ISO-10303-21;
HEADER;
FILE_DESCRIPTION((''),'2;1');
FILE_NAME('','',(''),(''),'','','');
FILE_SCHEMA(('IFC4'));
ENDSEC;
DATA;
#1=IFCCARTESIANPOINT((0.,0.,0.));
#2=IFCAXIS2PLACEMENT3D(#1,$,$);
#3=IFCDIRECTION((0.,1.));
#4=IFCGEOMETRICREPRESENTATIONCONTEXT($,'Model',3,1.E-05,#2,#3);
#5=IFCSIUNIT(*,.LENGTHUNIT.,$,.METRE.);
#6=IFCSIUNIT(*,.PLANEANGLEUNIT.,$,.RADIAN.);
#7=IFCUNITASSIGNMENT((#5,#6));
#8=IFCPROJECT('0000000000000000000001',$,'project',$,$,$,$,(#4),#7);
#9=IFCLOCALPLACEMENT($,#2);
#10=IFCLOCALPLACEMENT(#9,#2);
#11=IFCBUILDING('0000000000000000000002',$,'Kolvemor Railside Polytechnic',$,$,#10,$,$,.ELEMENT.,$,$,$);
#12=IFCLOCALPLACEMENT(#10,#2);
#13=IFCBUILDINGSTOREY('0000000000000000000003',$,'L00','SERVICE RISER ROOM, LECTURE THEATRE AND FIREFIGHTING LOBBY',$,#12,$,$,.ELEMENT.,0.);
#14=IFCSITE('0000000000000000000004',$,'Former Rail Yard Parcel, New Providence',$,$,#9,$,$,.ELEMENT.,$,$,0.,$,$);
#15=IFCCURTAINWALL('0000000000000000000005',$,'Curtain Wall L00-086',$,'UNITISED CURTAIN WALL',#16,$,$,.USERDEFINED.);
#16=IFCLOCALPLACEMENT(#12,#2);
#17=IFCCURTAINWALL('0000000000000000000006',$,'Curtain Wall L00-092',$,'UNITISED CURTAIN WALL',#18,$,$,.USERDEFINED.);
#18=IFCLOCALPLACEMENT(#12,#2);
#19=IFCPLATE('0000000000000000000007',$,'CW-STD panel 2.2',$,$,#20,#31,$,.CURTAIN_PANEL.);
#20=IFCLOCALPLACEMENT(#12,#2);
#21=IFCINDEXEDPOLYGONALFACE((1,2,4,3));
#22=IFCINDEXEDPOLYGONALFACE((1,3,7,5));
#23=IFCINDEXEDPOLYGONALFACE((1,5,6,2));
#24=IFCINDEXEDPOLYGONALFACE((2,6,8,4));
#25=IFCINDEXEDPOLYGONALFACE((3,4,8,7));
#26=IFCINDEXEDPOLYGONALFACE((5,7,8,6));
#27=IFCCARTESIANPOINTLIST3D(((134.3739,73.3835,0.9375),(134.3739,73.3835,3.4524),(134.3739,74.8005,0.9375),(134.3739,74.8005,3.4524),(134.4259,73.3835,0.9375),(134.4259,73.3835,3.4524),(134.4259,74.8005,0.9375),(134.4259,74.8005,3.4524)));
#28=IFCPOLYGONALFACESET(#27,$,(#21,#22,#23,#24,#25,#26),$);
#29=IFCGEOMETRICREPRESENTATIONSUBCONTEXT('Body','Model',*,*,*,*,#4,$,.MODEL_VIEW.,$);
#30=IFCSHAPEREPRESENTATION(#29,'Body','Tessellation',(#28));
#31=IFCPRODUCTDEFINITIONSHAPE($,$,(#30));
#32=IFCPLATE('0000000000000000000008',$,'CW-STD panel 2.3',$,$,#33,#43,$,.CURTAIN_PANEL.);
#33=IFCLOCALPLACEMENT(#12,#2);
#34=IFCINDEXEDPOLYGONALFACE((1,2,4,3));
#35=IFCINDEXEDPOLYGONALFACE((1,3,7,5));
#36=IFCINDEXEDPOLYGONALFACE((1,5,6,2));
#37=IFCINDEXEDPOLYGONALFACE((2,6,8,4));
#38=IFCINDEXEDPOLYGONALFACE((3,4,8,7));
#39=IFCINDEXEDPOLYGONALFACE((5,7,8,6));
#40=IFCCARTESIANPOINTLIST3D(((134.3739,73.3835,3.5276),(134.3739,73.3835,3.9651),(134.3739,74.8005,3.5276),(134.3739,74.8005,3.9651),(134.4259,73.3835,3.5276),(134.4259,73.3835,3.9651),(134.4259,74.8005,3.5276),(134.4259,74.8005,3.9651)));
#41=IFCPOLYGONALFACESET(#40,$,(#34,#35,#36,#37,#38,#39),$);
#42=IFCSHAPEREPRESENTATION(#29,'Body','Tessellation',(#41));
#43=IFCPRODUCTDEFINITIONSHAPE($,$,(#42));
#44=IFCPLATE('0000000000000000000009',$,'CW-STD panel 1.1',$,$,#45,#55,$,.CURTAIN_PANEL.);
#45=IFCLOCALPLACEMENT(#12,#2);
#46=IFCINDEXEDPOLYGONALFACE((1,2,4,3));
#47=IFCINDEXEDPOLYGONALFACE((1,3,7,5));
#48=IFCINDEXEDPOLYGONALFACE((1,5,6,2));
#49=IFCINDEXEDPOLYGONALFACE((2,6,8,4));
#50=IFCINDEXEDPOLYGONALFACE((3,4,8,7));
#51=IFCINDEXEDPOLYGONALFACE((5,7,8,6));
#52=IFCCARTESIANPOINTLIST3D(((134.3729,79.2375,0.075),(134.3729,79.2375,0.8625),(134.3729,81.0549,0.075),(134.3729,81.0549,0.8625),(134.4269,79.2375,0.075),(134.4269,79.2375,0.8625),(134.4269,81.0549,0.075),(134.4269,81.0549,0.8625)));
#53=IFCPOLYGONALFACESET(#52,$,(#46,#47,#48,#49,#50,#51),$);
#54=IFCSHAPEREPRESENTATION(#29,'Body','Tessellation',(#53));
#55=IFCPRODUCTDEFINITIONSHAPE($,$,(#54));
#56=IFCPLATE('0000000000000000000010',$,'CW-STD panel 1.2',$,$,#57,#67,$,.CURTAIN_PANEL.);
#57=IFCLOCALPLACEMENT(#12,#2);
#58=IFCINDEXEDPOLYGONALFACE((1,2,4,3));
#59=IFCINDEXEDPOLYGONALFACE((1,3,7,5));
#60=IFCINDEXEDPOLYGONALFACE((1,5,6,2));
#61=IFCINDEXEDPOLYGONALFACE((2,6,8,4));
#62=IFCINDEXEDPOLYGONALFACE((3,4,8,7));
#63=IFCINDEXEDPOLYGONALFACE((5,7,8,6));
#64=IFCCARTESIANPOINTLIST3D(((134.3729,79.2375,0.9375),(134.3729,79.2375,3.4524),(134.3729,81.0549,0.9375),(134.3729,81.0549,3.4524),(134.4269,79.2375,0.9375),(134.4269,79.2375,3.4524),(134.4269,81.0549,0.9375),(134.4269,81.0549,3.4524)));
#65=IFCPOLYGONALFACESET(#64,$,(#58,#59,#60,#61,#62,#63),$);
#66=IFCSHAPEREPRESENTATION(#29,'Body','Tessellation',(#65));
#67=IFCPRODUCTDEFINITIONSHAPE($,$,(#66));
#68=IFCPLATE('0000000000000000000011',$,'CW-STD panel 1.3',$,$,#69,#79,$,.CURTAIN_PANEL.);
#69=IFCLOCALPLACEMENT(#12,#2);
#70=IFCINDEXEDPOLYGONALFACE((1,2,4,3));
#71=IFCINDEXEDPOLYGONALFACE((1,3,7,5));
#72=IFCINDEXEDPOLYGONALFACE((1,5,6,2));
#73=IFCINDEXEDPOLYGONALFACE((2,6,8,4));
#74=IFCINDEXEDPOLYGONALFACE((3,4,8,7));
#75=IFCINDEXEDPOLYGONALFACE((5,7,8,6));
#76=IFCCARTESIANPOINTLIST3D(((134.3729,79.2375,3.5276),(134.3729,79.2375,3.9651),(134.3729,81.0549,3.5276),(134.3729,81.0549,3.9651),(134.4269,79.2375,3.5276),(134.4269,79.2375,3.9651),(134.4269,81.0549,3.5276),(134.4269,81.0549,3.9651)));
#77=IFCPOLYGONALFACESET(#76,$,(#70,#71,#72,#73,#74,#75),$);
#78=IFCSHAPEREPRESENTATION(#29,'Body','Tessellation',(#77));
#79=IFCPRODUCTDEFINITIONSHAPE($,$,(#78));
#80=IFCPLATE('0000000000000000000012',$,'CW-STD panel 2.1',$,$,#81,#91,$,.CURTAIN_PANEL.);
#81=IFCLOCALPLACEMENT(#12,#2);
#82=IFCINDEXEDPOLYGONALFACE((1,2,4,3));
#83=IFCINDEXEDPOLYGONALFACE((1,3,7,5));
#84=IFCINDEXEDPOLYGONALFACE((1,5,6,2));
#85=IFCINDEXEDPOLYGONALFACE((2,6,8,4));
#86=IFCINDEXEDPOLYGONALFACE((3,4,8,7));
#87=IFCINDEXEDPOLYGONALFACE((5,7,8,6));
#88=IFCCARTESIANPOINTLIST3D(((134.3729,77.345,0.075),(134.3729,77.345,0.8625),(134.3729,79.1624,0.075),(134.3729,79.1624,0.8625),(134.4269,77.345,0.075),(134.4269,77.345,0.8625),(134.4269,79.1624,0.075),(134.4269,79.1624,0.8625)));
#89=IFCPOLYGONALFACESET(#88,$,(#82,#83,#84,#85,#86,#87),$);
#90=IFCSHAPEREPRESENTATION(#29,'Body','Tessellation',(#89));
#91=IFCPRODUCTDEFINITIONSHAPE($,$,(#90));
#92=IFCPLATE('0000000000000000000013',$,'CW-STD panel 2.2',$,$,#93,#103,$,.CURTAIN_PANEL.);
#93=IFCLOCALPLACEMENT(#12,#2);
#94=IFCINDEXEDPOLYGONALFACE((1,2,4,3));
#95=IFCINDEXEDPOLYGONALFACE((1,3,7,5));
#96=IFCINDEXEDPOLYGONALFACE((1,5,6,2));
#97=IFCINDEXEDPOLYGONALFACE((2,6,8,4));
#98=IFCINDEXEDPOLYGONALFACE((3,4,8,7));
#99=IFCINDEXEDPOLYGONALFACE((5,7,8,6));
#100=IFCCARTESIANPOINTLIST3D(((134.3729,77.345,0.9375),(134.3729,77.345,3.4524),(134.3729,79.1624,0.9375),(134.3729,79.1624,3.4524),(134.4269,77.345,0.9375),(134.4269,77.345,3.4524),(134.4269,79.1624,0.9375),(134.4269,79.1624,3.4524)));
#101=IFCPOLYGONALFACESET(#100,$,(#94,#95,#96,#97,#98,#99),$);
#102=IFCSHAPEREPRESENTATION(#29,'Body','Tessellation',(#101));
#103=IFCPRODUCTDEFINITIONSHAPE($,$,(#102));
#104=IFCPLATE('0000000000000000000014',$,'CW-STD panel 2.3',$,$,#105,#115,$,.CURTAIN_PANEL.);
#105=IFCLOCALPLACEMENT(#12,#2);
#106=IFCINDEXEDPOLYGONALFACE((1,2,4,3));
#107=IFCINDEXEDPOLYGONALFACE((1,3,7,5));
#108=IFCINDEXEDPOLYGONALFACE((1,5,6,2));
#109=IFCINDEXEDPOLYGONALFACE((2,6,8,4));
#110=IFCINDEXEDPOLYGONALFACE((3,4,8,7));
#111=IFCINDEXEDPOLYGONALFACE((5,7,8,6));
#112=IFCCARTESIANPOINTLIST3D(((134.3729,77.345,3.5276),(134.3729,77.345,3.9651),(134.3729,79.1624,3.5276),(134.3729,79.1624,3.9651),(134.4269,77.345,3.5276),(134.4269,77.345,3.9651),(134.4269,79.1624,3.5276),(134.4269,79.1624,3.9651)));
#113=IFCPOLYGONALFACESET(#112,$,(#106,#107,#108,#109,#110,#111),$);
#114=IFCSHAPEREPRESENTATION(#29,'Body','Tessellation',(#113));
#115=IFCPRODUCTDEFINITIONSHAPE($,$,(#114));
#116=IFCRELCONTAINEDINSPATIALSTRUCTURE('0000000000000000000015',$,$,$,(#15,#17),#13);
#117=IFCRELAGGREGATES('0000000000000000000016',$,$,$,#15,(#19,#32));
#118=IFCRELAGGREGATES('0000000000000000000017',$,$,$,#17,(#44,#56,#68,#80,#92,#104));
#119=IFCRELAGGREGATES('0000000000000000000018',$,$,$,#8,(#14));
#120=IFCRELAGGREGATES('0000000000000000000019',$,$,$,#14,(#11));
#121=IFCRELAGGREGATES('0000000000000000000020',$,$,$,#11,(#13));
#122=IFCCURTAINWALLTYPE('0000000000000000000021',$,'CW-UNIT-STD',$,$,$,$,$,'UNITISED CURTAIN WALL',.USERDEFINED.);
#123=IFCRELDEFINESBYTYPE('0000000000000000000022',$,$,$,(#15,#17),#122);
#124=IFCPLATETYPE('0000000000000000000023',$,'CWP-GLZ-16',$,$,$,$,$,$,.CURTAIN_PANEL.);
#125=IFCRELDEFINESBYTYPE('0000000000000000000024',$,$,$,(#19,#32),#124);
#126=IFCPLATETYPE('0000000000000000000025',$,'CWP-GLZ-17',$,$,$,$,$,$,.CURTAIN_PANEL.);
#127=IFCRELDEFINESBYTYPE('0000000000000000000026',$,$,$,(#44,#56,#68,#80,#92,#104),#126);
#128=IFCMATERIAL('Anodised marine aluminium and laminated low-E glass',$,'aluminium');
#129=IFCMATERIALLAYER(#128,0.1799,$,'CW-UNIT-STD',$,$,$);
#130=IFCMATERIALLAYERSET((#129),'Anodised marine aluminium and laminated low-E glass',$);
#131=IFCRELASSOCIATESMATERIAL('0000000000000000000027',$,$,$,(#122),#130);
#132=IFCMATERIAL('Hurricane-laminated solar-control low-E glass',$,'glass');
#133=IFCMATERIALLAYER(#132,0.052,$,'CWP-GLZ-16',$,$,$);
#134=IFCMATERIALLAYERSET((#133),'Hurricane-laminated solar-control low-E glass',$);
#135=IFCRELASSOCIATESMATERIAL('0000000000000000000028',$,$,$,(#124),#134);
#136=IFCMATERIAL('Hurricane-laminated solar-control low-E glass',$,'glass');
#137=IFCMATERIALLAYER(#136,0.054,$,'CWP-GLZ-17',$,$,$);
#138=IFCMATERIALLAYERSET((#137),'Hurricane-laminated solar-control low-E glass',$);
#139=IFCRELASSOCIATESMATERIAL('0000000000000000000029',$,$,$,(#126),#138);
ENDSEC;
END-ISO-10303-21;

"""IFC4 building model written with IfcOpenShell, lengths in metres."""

from ifc_helpers import new_model, si_unit, direction, frame, origin, origin_2d, place, context, subcontext, project, spatial, rectangle, extrude, material, layer, layer_set, type_object, element, aggregate, save


model = new_model("IFC4")

# Units and contexts
model_context = context("Model", 3, precision=1e-05, world=origin(), true_north=direction((0.0, 1.0)))
body_context = subcontext(model_context, "Body", "Model", "MODEL_VIEW")
ifc_project = project(units=[si_unit("LENGTHUNIT", "METRE"), si_unit("PLANEANGLEUNIT", "RADIAN")], contexts=[model_context])

# Site, building, storey
site_placement = place(None, origin())
site = spatial("IfcSite", under=ifc_project, at=site_placement, Name="Former Rail Yard Parcel, New Providence", CompositionType="ELEMENT", RefElevation=0.0)
building_placement = place(site_placement, origin())
building = spatial("IfcBuilding", under=site, at=building_placement, Name="Kolvemor Railside Polytechnic", CompositionType="ELEMENT")
storey_placement = place(building_placement, origin())
storey = spatial("IfcBuildingStorey", under=building, at=storey_placement, Name="L00", Description="SERVICE RISER ROOM, LECTURE THEATRE AND FIREFIGHTING LOBBY", CompositionType="ELEMENT", Elevation=0.0)

# Curtain walls
ifc_material_1 = material(Name="Anodised marine aluminium and laminated low-E glass", Category="aluminium")
ifc_layer_1 = layer(ifc_material_1, 0.1799, Name="CW-UNIT-STD")
ifc_layer_set_1 = layer_set([ifc_layer_1], Name="Anodised marine aluminium and laminated low-E glass")
curtain_wall_type = type_object("IfcCurtainWallType", Name="CW-UNIT-STD", ElementType="UNITISED CURTAIN WALL", PredefinedType="USERDEFINED", material=ifc_layer_set_1)
curtain_wall_1_placement = place(storey_placement, origin())
curtain_wall_1 = element("IfcCurtainWall", 1, at=curtain_wall_1_placement, inside=storey, type_object=curtain_wall_type, Name="Curtain Wall L00-086", ObjectType="UNITISED CURTAIN WALL", PredefinedType="USERDEFINED")
curtain_wall_2_placement = place(storey_placement, origin())
curtain_wall_2 = element("IfcCurtainWall", 2, at=curtain_wall_2_placement, inside=storey, type_object=curtain_wall_type, Name="Curtain Wall L00-092", ObjectType="UNITISED CURTAIN WALL", PredefinedType="USERDEFINED")

# Plates
ifc_material_2 = material(Name="Hurricane-laminated solar-control low-E glass", Category="glass")
ifc_layer_2 = layer(ifc_material_2, 0.052, Name="CWP-GLZ-16")
ifc_layer_set_2 = layer_set([ifc_layer_2], Name="Hurricane-laminated solar-control low-E glass")
plate_type_1 = type_object("IfcPlateType", Name="CWP-GLZ-16", PredefinedType="CURTAIN_PANEL", material=ifc_layer_set_2)
plate_1_placement = place(storey_placement, frame((134.3999, 74.092, 0.9375), z_axis=(0.0, 0.0, 1.0), x_axis=(0.0, -1.0, 0.0)))
plate_1 = element("IfcPlate", 3, at=plate_1_placement, type_object=plate_type_1, Name="CW-STD panel 2.2", PredefinedType="CURTAIN_PANEL", context=body_context, shape_type="SweptSolid", body=[
    extrude(rectangle(XDim=1.417, YDim=0.052, at=origin_2d()), origin(), (0.0, 0.0, 1.0), 2.5149),
])
plate_2_placement = place(storey_placement, frame((134.3999, 74.092, 3.5276), z_axis=(0.0, 0.0, 1.0), x_axis=(0.0, -1.0, 0.0)))
plate_2 = element("IfcPlate", 4, at=plate_2_placement, type_object=plate_type_1, Name="CW-STD panel 2.3", PredefinedType="CURTAIN_PANEL", context=body_context, shape_type="SweptSolid", body=[
    extrude(rectangle(XDim=1.417, YDim=0.052, at=origin_2d()), origin(), (0.0, 0.0, 1.0), 0.4375),
])
aggregate(curtain_wall_1, [plate_1, plate_2])
ifc_material_3 = material(Name="Hurricane-laminated solar-control low-E glass", Category="glass")
ifc_layer_3 = layer(ifc_material_3, 0.054, Name="CWP-GLZ-17")
ifc_layer_set_3 = layer_set([ifc_layer_3], Name="Hurricane-laminated solar-control low-E glass")
plate_type_2 = type_object("IfcPlateType", Name="CWP-GLZ-17", PredefinedType="CURTAIN_PANEL", material=ifc_layer_set_3)
plate_3_placement = place(storey_placement, frame((134.3999, 80.1462, 0.075), z_axis=(0.0, 0.0, 1.0), x_axis=(0.0, -1.0, 0.0)))
plate_3 = element("IfcPlate", 5, at=plate_3_placement, type_object=plate_type_2, Name="CW-STD panel 1.1", PredefinedType="CURTAIN_PANEL", context=body_context, shape_type="SweptSolid", body=[
    extrude(rectangle(XDim=1.8174, YDim=0.054, at=origin_2d()), origin(), (0.0, 0.0, 1.0), 0.7876),
])
plate_4_placement = place(storey_placement, frame((134.3999, 80.1462, 0.9375), z_axis=(0.0, 0.0, 1.0), x_axis=(0.0, -1.0, 0.0)))
plate_4 = element("IfcPlate", 6, at=plate_4_placement, type_object=plate_type_2, Name="CW-STD panel 1.2", PredefinedType="CURTAIN_PANEL", context=body_context, shape_type="SweptSolid", body=[
    extrude(rectangle(XDim=1.8174, YDim=0.054, at=origin_2d()), origin(), (0.0, 0.0, 1.0), 2.5149),
])
plate_5_placement = place(storey_placement, frame((134.3999, 80.1462, 3.5276), z_axis=(0.0, 0.0, 1.0), x_axis=(0.0, -1.0, 0.0)))
plate_5 = element("IfcPlate", 7, at=plate_5_placement, type_object=plate_type_2, Name="CW-STD panel 1.3", PredefinedType="CURTAIN_PANEL", context=body_context, shape_type="SweptSolid", body=[
    extrude(rectangle(XDim=1.8174, YDim=0.054, at=origin_2d()), origin(), (0.0, 0.0, 1.0), 0.4375),
])
plate_6_placement = place(storey_placement, frame((134.3999, 78.2537, 0.075), z_axis=(0.0, 0.0, 1.0), x_axis=(0.0, -1.0, 0.0)))
plate_6 = element("IfcPlate", 8, at=plate_6_placement, type_object=plate_type_2, Name="CW-STD panel 2.1", PredefinedType="CURTAIN_PANEL", context=body_context, shape_type="SweptSolid", body=[
    extrude(rectangle(XDim=1.8174, YDim=0.054, at=origin_2d()), origin(), (0.0, 0.0, 1.0), 0.7876),
])
plate_7_placement = place(storey_placement, frame((134.3999, 78.2537, 0.9375), z_axis=(0.0, 0.0, 1.0), x_axis=(0.0, -1.0, 0.0)))
plate_7 = element("IfcPlate", 9, at=plate_7_placement, type_object=plate_type_2, Name="CW-STD panel 2.2", PredefinedType="CURTAIN_PANEL", context=body_context, shape_type="SweptSolid", body=[
    extrude(rectangle(XDim=1.8174, YDim=0.054, at=origin_2d()), origin(), (0.0, 0.0, 1.0), 2.5149),
])
plate_8_placement = place(storey_placement, frame((134.3999, 78.2537, 3.5276), z_axis=(0.0, 0.0, 1.0), x_axis=(0.0, -1.0, 0.0)))
plate_8 = element("IfcPlate", 10, at=plate_8_placement, type_object=plate_type_2, Name="CW-STD panel 2.3", PredefinedType="CURTAIN_PANEL", context=body_context, shape_type="SweptSolid", body=[
    extrude(rectangle(XDim=1.8174, YDim=0.054, at=origin_2d()), origin(), (0.0, 0.0, 1.0), 0.4375),
])
aggregate(curtain_wall_2, [plate_3, plate_4, plate_5, plate_6, plate_7, plate_8])

save(model, "model.ifc")
